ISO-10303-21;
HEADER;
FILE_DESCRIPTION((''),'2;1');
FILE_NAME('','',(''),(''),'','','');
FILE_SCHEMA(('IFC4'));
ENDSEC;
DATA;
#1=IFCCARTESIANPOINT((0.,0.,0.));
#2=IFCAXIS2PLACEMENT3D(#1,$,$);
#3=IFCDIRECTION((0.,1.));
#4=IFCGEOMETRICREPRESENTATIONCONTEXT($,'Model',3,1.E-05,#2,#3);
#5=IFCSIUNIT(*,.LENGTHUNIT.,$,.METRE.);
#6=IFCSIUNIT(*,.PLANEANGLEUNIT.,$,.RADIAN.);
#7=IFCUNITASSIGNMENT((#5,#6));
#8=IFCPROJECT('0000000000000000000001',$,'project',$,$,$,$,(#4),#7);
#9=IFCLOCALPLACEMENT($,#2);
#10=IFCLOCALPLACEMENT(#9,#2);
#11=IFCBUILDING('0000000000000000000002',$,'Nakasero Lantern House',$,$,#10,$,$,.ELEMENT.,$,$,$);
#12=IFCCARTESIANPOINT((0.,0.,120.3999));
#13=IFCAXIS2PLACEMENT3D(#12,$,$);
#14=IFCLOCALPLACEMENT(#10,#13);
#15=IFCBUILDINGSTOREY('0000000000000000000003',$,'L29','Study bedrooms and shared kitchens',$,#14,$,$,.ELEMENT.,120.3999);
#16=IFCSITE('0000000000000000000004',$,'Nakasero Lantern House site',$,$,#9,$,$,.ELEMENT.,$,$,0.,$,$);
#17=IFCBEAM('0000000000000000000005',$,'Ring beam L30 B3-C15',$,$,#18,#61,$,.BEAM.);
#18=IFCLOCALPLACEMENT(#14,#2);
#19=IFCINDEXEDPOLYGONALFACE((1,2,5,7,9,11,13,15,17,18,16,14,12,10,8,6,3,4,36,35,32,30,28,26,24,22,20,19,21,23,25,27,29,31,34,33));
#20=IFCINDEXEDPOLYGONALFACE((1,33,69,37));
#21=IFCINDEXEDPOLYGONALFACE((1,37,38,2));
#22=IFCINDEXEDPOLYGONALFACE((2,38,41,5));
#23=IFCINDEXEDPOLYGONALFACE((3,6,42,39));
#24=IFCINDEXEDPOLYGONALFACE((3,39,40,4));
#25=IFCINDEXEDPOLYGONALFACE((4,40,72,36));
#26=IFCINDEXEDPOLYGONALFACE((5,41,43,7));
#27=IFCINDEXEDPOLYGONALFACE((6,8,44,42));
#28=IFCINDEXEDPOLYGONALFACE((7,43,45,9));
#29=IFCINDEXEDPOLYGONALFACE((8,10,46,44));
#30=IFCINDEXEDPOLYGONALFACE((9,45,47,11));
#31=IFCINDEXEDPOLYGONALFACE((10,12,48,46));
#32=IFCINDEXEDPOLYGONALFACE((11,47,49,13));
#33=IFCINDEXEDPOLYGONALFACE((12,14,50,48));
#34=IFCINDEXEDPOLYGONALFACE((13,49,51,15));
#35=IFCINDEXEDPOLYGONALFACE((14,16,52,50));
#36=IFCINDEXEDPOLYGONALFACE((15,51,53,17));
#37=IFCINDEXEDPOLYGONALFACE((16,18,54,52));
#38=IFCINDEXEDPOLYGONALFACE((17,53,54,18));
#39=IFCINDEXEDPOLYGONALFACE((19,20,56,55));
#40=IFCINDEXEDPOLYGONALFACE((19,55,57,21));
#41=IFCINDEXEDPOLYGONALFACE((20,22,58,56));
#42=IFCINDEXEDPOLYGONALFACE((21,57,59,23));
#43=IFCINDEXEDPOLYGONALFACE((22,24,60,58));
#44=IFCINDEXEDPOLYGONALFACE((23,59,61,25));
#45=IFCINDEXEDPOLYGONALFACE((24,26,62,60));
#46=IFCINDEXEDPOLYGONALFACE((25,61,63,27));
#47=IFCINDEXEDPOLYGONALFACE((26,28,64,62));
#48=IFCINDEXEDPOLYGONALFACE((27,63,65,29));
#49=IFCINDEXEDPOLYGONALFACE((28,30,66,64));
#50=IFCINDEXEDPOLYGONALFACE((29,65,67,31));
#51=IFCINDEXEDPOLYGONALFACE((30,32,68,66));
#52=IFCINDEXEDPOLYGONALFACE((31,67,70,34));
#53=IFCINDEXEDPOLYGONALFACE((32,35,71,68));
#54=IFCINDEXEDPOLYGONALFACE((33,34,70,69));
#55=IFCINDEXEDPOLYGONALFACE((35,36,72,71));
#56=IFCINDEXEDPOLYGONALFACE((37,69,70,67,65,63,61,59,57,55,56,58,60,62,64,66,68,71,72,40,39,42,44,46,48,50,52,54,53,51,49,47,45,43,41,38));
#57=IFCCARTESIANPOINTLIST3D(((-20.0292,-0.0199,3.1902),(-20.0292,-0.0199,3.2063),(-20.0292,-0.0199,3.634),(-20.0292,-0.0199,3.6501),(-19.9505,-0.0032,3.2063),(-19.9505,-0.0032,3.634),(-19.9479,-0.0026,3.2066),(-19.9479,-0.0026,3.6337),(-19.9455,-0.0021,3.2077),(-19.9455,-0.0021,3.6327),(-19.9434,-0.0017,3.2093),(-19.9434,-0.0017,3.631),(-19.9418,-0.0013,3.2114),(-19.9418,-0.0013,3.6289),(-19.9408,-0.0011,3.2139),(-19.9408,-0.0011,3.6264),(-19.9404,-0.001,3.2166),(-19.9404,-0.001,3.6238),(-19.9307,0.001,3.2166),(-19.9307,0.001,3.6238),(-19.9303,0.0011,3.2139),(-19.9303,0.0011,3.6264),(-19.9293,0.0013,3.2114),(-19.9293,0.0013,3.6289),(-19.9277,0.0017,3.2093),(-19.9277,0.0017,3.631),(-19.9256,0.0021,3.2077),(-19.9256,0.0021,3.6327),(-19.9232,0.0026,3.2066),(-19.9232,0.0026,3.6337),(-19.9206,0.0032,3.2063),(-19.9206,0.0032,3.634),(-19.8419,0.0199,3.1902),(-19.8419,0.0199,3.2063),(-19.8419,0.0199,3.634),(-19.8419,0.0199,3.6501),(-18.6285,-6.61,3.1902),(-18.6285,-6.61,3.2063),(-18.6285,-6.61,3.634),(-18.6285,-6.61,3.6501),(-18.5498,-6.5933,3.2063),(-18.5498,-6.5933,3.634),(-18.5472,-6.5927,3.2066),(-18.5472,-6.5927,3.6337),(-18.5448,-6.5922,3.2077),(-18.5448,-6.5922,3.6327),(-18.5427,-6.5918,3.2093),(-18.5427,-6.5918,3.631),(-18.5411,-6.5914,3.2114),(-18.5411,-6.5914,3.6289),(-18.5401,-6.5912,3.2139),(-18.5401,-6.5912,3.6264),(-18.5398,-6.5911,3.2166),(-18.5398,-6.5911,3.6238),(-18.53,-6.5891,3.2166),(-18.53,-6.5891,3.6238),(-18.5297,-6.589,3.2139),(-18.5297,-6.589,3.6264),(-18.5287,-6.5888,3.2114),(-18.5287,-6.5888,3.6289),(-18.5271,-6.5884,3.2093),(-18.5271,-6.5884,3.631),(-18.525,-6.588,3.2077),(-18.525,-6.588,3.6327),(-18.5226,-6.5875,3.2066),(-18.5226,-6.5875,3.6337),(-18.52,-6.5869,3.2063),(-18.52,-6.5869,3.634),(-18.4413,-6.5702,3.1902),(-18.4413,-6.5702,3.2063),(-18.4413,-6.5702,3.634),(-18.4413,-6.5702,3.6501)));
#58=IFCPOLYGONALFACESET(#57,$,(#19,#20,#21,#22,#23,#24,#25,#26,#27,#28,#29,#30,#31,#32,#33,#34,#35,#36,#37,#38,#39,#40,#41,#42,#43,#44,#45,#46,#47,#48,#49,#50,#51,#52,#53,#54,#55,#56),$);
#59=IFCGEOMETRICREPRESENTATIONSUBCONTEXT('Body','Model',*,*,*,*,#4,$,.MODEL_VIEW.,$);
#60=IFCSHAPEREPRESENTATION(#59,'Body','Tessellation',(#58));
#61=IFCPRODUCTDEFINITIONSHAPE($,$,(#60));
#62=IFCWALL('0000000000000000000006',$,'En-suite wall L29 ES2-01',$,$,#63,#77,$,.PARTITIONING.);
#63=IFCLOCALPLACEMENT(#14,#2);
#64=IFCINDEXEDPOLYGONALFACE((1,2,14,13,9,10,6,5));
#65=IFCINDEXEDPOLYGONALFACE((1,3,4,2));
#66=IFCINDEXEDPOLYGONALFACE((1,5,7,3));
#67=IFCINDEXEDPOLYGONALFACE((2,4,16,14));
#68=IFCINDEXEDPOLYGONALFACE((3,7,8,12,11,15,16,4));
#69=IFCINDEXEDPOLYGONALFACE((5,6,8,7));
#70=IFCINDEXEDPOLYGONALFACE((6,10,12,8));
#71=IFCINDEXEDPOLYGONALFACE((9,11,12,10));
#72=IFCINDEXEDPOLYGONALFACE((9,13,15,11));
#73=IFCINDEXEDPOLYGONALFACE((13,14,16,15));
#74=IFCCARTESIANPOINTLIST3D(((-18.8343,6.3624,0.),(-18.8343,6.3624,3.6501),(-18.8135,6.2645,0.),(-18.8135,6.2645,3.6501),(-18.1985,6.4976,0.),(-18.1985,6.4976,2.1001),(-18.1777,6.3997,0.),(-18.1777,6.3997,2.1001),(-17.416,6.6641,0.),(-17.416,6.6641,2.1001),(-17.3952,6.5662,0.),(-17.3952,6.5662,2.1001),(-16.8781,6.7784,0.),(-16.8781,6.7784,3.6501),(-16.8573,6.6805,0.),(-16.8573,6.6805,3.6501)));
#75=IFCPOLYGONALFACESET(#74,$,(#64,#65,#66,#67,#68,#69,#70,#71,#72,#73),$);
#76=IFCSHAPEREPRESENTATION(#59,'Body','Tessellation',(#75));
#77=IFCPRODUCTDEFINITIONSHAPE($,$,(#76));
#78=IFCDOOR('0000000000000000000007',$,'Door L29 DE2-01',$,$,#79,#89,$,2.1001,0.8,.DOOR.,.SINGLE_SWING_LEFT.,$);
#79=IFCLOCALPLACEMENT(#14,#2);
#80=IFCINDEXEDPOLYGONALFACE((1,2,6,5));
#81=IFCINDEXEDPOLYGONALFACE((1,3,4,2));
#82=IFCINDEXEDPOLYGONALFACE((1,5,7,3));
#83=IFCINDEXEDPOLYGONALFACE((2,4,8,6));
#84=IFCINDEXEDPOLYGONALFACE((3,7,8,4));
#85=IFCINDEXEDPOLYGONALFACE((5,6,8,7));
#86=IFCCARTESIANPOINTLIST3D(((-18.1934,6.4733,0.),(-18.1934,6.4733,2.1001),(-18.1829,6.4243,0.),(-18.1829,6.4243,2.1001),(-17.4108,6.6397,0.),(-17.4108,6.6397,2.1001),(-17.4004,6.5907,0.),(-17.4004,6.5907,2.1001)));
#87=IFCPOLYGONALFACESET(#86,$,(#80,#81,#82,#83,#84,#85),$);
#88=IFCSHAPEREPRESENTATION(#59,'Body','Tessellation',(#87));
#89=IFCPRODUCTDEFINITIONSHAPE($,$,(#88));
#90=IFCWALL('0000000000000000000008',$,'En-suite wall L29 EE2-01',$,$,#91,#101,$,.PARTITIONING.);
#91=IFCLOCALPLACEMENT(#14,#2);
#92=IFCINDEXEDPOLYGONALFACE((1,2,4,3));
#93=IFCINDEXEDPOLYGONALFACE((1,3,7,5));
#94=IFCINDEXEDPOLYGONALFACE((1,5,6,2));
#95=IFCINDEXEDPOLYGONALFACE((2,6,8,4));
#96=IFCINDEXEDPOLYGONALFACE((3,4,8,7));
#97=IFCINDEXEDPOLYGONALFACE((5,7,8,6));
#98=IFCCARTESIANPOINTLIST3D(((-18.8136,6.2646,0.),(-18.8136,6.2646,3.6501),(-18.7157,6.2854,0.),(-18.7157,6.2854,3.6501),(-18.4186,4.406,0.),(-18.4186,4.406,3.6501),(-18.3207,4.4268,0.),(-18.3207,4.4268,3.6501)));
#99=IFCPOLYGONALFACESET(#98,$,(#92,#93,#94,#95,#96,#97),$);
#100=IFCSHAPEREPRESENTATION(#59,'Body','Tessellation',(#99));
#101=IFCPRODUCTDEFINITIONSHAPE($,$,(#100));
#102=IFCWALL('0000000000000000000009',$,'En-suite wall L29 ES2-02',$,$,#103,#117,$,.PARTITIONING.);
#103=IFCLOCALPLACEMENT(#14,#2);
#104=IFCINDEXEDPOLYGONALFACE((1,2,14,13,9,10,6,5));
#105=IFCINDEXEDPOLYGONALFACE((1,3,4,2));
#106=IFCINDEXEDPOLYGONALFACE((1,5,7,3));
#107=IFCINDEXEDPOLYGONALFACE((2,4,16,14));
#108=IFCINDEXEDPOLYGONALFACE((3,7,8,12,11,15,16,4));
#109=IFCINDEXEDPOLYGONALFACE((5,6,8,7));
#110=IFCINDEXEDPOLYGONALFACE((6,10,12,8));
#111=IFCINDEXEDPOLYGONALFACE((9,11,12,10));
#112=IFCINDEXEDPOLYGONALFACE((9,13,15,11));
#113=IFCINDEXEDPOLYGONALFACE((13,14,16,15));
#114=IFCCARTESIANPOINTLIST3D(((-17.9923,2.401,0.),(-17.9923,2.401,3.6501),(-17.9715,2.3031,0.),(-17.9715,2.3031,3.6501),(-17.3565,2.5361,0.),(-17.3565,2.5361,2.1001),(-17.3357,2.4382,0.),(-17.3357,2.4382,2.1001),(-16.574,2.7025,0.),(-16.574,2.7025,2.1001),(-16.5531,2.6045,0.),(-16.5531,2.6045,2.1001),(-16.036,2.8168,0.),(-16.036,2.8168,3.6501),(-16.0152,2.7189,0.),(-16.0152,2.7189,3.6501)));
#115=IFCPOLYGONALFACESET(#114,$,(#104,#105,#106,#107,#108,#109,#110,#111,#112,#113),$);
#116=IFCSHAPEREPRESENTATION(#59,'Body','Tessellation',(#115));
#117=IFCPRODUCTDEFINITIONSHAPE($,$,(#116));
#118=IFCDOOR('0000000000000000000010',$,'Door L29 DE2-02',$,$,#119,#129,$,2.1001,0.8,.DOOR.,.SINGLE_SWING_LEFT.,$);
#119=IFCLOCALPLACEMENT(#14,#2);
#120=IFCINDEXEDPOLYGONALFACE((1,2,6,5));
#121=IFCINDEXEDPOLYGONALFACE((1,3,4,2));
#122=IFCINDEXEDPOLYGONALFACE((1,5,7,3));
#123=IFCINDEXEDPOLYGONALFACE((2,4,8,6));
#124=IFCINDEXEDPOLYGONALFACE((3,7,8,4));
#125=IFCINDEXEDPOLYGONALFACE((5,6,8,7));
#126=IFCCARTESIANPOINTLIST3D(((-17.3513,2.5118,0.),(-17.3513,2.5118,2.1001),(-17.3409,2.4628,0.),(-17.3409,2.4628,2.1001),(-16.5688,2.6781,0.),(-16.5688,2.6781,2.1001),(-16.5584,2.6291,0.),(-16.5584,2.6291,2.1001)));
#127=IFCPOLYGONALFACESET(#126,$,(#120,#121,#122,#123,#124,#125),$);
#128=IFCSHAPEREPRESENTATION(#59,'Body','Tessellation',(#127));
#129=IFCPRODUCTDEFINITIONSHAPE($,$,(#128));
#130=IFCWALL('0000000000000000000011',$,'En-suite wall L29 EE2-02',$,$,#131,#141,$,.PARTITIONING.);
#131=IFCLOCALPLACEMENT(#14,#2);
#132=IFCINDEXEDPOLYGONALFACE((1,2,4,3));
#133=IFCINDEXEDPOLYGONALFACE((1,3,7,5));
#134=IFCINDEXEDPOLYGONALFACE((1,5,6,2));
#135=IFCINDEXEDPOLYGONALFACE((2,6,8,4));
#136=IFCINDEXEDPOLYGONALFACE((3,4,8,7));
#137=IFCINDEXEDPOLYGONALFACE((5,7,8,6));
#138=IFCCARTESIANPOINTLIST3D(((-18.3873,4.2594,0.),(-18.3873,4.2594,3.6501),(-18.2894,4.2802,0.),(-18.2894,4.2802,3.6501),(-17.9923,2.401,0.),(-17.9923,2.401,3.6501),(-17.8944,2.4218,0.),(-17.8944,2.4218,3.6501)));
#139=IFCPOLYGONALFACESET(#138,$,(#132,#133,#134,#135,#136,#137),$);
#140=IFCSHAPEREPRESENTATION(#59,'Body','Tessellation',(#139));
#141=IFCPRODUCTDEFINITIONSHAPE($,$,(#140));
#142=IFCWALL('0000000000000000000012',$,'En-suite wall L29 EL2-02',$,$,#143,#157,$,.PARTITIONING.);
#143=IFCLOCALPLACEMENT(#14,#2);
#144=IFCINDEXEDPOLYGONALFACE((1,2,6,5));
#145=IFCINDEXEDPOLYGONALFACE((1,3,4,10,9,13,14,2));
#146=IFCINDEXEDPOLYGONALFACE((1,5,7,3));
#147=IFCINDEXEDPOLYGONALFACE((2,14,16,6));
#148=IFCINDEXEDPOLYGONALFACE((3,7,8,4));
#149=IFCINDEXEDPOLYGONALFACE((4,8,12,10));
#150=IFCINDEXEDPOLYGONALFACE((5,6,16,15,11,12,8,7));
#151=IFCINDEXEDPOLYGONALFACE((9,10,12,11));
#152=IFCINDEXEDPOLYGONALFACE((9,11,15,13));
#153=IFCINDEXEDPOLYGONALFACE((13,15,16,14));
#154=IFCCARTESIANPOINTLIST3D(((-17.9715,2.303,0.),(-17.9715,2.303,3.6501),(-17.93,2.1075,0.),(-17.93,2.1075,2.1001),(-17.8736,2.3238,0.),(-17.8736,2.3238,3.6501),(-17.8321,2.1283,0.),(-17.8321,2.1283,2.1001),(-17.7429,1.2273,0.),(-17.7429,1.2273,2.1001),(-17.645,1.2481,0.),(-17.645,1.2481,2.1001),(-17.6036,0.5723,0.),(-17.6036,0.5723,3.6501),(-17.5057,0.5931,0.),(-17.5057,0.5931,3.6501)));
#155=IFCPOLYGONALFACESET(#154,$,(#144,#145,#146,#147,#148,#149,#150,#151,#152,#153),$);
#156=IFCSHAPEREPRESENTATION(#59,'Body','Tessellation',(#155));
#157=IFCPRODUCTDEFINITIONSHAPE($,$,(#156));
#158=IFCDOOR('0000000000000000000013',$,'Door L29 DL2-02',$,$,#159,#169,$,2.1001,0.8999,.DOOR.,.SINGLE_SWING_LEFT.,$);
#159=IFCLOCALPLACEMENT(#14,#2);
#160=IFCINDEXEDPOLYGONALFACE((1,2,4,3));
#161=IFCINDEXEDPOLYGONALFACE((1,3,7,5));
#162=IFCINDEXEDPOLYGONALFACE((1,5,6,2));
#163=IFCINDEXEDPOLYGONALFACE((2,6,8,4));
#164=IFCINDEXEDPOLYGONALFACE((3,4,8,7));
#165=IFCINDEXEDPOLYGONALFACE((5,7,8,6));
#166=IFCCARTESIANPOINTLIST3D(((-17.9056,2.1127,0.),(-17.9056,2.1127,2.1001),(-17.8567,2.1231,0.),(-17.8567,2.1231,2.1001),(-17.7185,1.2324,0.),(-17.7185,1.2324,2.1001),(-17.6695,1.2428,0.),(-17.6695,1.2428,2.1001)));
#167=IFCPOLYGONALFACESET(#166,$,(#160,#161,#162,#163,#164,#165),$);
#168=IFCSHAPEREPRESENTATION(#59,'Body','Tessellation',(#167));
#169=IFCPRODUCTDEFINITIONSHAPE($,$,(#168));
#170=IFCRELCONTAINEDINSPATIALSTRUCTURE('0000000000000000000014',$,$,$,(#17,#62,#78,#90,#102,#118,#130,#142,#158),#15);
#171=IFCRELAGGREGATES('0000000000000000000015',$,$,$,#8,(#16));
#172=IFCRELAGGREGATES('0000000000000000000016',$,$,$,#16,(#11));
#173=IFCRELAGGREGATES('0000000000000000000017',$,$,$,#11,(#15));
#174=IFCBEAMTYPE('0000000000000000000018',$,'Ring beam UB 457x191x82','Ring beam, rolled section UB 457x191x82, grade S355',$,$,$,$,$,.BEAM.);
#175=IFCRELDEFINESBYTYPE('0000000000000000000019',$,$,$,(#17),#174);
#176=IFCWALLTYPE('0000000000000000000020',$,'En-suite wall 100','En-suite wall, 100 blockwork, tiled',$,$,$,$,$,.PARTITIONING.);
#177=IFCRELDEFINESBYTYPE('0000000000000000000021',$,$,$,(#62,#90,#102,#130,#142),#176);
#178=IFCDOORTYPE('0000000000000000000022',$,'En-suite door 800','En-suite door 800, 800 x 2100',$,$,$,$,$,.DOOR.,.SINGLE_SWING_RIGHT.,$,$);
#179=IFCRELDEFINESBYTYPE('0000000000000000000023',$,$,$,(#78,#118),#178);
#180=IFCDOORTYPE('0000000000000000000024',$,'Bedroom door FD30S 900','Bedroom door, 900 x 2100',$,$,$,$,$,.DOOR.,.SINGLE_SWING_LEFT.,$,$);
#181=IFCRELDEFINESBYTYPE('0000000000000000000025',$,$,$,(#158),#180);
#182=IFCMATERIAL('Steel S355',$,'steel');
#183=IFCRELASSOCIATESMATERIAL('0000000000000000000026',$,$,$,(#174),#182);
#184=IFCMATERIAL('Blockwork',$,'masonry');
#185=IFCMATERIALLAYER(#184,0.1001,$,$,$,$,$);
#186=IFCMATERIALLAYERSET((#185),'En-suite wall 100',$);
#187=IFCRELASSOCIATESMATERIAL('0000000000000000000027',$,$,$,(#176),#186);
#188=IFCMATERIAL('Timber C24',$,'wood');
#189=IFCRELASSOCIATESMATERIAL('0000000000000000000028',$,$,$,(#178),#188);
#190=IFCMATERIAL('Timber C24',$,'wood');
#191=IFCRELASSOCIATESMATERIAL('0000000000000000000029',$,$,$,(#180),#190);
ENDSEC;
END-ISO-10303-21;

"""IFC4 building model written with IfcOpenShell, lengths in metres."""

from ifc_helpers import new_model, si_unit, direction, frame, frame_2d, origin, origin_2d, place, context, subcontext, project, spatial, rectangle, i_section, extrude, material, layer, layer_set, material_profile, profile_set, type_object, element, fill, save


model = new_model("IFC4")

# Units and contexts
model_context = context("Model", 3, precision=1e-05, world=origin(), true_north=direction((0.0, 1.0)))
body_context = subcontext(model_context, "Body", "Model", "MODEL_VIEW")
ifc_project = project(units=[si_unit("LENGTHUNIT", "METRE"), si_unit("PLANEANGLEUNIT", "RADIAN")], contexts=[model_context])

# Site, building, storey
site_placement = place(None, origin())
site = spatial("IfcSite", under=ifc_project, at=site_placement, Name="Nakasero Lantern House site", CompositionType="ELEMENT", RefElevation=0.0)
building_placement = place(site_placement, origin())
building = spatial("IfcBuilding", under=site, at=building_placement, Name="Nakasero Lantern House", CompositionType="ELEMENT")
storey_placement = place(building_placement, frame((0.0, 0.0, 120.3999)))
storey = spatial("IfcBuildingStorey", under=building, at=storey_placement, Name="L29", Description="Study bedrooms and shared kitchens", CompositionType="ELEMENT", Elevation=120.3999)

# Beam
ifc_material_1 = material(Name="Steel S355", Category="steel")
ifc_material_profile_1 = material_profile(ifc_material_1, i_section(OverallWidth=0.1914, OverallDepth=0.46, WebThickness=0.01, FlangeThickness=0.0161, FilletRadius=0.0103, at=origin_2d()), Name="UB 457x191x82")
ifc_profile_set_1 = profile_set([ifc_material_profile_1], Name="Steel S355")
beam_type_1 = type_object("IfcBeamType", Name="Ring beam UB 457x191x82", Description="Ring beam, rolled section UB 457x191x82, grade S355", PredefinedType="BEAM", material=ifc_profile_set_1)
beam_1_placement = place(storey_placement, frame((-19.9355, 0.0, 3.4202), z_axis=(0.207893, -0.978152, 0.0), x_axis=(0.978152, 0.207893, 0.0)))
element("IfcBeam", 1, at=beam_1_placement, inside=storey, type_object=beam_type_1, Name="Ring beam L30 B3-C15", PredefinedType="BEAM", context=body_context, shape_type="SweptSolid", body=[
    extrude(i_section(OverallWidth=0.1914, OverallDepth=0.46, WebThickness=0.01, FlangeThickness=0.0161, FilletRadius=0.0103, at=origin_2d()), origin(), (0.0, 0.0, 1.0), 6.7373),
])

# Wall, opening, door
ifc_material_2 = material(Name="Blockwork", Category="masonry")
ifc_layer_1 = layer(ifc_material_2, 0.1001)
ifc_layer_set_1 = layer_set([ifc_layer_1], Name="En-suite wall 100")
wall_type_1 = type_object("IfcWallType", Name="En-suite wall 100", Description="En-suite wall, 100 blockwork, tiled", PredefinedType="PARTITIONING", material=ifc_layer_set_1)
wall_1_placement = place(storey_placement, frame((-16.8677, 6.7295, 0.0), z_axis=(0.0, 0.0, 1.0), x_axis=(-0.978128, -0.208003, 0.0)))
wall_1 = element("IfcWall", 2, at=wall_1_placement, inside=storey, type_object=wall_type_1, Name="En-suite wall L29 ES2-01", PredefinedType="PARTITIONING", context=body_context, shape_type="SweptSolid", body=[
    extrude(rectangle(XDim=2.0, YDim=0.1001, at=frame_2d((1.0, 0.0))), origin(), (0.0, 0.0, 1.0), 3.6501),
])
opening_1_placement = place(wall_1_placement, frame((0.55, 0.0, 0.0)))
opening_1 = element("IfcOpeningElement", 3, at=opening_1_placement, cuts=wall_1, PredefinedType="OPENING", context=body_context, shape_type="SweptSolid", body=[
    extrude(rectangle(XDim=0.8, YDim=2.1001, at=frame_2d((0.3999, 1.05))), frame((0.0, 0.0701, 0.0), z_axis=(0.0, -1.0, 0.0), x_axis=(1.0, 0.0, 0.0)), (0.0, 0.0, 1.0), 0.1401),
])
ifc_material_3 = material(Name="Timber C24", Category="wood")
door_type_1 = type_object("IfcDoorType", Name="En-suite door 800", Description="En-suite door 800, 800 x 2100", OperationType="SINGLE_SWING_RIGHT", PredefinedType="DOOR", material=ifc_material_3)
door_1_placement = place(opening_1_placement, origin())
door_1 = element("IfcDoor", 4, at=door_1_placement, inside=storey, type_object=door_type_1, Name="Door L29 DE2-01", OperationType="SINGLE_SWING_LEFT", OverallHeight=2.1001, OverallWidth=0.8, PredefinedType="DOOR", context=body_context, shape_type="SweptSolid", body=[
    extrude(rectangle(XDim=0.8, YDim=2.1001, at=frame_2d((0.3999, 1.05))), frame((0.0, 0.0249, 0.0), z_axis=(0.0, -1.0, 0.0), x_axis=(1.0, 0.0, 0.0)), (0.0, 0.0, 1.0), 0.05),
])
fill(opening_1, door_1)

# Wall
wall_2_placement = place(storey_placement, frame((-18.7646, 6.2751, 0.0), z_axis=(0.0, 0.0, 1.0), x_axis=(0.207888, -0.978153, 0.0)))
element("IfcWall", 5, at=wall_2_placement, inside=storey, type_object=wall_type_1, Name="En-suite wall L29 EE2-01", PredefinedType="PARTITIONING", context=body_context, shape_type="SweptSolid", body=[
    extrude(rectangle(XDim=1.9001, YDim=0.1001, at=frame_2d((0.9502, 0.0))), origin(), (0.0, 0.0, 1.0), 3.6501),
])

# Wall, opening, door
wall_3_placement = place(storey_placement, frame((-16.0256, 2.7678, 0.0), z_axis=(0.0, 0.0, 1.0), x_axis=(-0.978153, -0.207886, 0.0)))
wall_3 = element("IfcWall", 6, at=wall_3_placement, inside=storey, type_object=wall_type_1, Name="En-suite wall L29 ES2-02", PredefinedType="PARTITIONING", context=body_context, shape_type="SweptSolid", body=[
    extrude(rectangle(XDim=2.0, YDim=0.1001, at=frame_2d((1.0, 0.0))), origin(), (0.0, 0.0, 1.0), 3.6501),
])
opening_2_placement = place(wall_3_placement, frame((0.55, 0.0, 0.0)))
opening_2 = element("IfcOpeningElement", 7, at=opening_2_placement, cuts=wall_3, PredefinedType="OPENING", context=body_context, shape_type="SweptSolid", body=[
    extrude(rectangle(XDim=0.8, YDim=2.1001, at=frame_2d((0.3999, 1.05))), frame((0.0, 0.0701, 0.0), z_axis=(0.0, -1.0, 0.0), x_axis=(1.0, 0.0, 0.0)), (0.0, 0.0, 1.0), 0.1401),
])
door_2_placement = place(opening_2_placement, origin())
door_2 = element("IfcDoor", 8, at=door_2_placement, inside=storey, type_object=door_type_1, Name="Door L29 DE2-02", OperationType="SINGLE_SWING_LEFT", OverallHeight=2.1001, OverallWidth=0.8, PredefinedType="DOOR", context=body_context, shape_type="SweptSolid", body=[
    extrude(rectangle(XDim=0.8, YDim=2.1001, at=frame_2d((0.3999, 1.05))), frame((0.0, 0.0249, 0.0), z_axis=(0.0, -1.0, 0.0), x_axis=(1.0, 0.0, 0.0)), (0.0, 0.0, 1.0), 0.05),
])
fill(opening_2, door_2)

# Wall
wall_4_placement = place(storey_placement, frame((-18.3384, 4.2698, 0.0), z_axis=(0.0, 0.0, 1.0), x_axis=(0.207914, -0.978147, 0.0)))
element("IfcWall", 9, at=wall_4_placement, inside=storey, type_object=wall_type_1, Name="En-suite wall L29 EE2-02", PredefinedType="PARTITIONING", context=body_context, shape_type="SweptSolid", body=[
    extrude(rectangle(XDim=1.8999, YDim=0.1001, at=frame_2d((0.95, 0.0))), origin(), (0.0, 0.0, 1.0), 3.6501),
])

# Wall, opening, door
wall_5_placement = place(storey_placement, frame((-17.9226, 2.3135, 0.0), z_axis=(0.0, 0.0, 1.0), x_axis=(0.207936, -0.978142, 0.0)))
wall_5 = element("IfcWall", 10, at=wall_5_placement, inside=storey, type_object=wall_type_1, Name="En-suite wall L29 EL2-02", PredefinedType="PARTITIONING", context=body_context, shape_type="SweptSolid", body=[
    extrude(rectangle(XDim=1.7693, YDim=0.1001, at=frame_2d((0.8848, 0.0))), origin(), (0.0, 0.0, 1.0), 3.6501),
])
opening_3_placement = place(wall_5_placement, frame((0.2, 0.0, 0.0)))
opening_3 = element("IfcOpeningElement", 11, at=opening_3_placement, cuts=wall_5, PredefinedType="OPENING", context=body_context, shape_type="SweptSolid", body=[
    extrude(rectangle(XDim=0.8999, YDim=2.1001, at=frame_2d((0.45, 1.05))), frame((0.0, 0.0701, 0.0), z_axis=(0.0, -1.0, 0.0), x_axis=(1.0, 0.0, 0.0)), (0.0, 0.0, 1.0), 0.1401),
])
ifc_material_4 = material(Name="Timber C24", Category="wood")
door_type_2 = type_object("IfcDoorType", Name="Bedroom door FD30S 900", Description="Bedroom door, 900 x 2100", OperationType="SINGLE_SWING_LEFT", PredefinedType="DOOR", material=ifc_material_4)
door_3_placement = place(opening_3_placement, origin())
door_3 = element("IfcDoor", 12, at=door_3_placement, inside=storey, type_object=door_type_2, Name="Door L29 DL2-02", OperationType="SINGLE_SWING_LEFT", OverallHeight=2.1001, OverallWidth=0.8999, PredefinedType="DOOR", context=body_context, shape_type="SweptSolid", body=[
    extrude(rectangle(XDim=0.8999, YDim=2.1001, at=frame_2d((0.45, 1.05))), frame((0.0, 0.0249, 0.0), z_axis=(0.0, -1.0, 0.0), x_axis=(1.0, 0.0, 0.0)), (0.0, 0.0, 1.0), 0.05),
])
fill(opening_3, door_3)

save(model, "model.ifc")
